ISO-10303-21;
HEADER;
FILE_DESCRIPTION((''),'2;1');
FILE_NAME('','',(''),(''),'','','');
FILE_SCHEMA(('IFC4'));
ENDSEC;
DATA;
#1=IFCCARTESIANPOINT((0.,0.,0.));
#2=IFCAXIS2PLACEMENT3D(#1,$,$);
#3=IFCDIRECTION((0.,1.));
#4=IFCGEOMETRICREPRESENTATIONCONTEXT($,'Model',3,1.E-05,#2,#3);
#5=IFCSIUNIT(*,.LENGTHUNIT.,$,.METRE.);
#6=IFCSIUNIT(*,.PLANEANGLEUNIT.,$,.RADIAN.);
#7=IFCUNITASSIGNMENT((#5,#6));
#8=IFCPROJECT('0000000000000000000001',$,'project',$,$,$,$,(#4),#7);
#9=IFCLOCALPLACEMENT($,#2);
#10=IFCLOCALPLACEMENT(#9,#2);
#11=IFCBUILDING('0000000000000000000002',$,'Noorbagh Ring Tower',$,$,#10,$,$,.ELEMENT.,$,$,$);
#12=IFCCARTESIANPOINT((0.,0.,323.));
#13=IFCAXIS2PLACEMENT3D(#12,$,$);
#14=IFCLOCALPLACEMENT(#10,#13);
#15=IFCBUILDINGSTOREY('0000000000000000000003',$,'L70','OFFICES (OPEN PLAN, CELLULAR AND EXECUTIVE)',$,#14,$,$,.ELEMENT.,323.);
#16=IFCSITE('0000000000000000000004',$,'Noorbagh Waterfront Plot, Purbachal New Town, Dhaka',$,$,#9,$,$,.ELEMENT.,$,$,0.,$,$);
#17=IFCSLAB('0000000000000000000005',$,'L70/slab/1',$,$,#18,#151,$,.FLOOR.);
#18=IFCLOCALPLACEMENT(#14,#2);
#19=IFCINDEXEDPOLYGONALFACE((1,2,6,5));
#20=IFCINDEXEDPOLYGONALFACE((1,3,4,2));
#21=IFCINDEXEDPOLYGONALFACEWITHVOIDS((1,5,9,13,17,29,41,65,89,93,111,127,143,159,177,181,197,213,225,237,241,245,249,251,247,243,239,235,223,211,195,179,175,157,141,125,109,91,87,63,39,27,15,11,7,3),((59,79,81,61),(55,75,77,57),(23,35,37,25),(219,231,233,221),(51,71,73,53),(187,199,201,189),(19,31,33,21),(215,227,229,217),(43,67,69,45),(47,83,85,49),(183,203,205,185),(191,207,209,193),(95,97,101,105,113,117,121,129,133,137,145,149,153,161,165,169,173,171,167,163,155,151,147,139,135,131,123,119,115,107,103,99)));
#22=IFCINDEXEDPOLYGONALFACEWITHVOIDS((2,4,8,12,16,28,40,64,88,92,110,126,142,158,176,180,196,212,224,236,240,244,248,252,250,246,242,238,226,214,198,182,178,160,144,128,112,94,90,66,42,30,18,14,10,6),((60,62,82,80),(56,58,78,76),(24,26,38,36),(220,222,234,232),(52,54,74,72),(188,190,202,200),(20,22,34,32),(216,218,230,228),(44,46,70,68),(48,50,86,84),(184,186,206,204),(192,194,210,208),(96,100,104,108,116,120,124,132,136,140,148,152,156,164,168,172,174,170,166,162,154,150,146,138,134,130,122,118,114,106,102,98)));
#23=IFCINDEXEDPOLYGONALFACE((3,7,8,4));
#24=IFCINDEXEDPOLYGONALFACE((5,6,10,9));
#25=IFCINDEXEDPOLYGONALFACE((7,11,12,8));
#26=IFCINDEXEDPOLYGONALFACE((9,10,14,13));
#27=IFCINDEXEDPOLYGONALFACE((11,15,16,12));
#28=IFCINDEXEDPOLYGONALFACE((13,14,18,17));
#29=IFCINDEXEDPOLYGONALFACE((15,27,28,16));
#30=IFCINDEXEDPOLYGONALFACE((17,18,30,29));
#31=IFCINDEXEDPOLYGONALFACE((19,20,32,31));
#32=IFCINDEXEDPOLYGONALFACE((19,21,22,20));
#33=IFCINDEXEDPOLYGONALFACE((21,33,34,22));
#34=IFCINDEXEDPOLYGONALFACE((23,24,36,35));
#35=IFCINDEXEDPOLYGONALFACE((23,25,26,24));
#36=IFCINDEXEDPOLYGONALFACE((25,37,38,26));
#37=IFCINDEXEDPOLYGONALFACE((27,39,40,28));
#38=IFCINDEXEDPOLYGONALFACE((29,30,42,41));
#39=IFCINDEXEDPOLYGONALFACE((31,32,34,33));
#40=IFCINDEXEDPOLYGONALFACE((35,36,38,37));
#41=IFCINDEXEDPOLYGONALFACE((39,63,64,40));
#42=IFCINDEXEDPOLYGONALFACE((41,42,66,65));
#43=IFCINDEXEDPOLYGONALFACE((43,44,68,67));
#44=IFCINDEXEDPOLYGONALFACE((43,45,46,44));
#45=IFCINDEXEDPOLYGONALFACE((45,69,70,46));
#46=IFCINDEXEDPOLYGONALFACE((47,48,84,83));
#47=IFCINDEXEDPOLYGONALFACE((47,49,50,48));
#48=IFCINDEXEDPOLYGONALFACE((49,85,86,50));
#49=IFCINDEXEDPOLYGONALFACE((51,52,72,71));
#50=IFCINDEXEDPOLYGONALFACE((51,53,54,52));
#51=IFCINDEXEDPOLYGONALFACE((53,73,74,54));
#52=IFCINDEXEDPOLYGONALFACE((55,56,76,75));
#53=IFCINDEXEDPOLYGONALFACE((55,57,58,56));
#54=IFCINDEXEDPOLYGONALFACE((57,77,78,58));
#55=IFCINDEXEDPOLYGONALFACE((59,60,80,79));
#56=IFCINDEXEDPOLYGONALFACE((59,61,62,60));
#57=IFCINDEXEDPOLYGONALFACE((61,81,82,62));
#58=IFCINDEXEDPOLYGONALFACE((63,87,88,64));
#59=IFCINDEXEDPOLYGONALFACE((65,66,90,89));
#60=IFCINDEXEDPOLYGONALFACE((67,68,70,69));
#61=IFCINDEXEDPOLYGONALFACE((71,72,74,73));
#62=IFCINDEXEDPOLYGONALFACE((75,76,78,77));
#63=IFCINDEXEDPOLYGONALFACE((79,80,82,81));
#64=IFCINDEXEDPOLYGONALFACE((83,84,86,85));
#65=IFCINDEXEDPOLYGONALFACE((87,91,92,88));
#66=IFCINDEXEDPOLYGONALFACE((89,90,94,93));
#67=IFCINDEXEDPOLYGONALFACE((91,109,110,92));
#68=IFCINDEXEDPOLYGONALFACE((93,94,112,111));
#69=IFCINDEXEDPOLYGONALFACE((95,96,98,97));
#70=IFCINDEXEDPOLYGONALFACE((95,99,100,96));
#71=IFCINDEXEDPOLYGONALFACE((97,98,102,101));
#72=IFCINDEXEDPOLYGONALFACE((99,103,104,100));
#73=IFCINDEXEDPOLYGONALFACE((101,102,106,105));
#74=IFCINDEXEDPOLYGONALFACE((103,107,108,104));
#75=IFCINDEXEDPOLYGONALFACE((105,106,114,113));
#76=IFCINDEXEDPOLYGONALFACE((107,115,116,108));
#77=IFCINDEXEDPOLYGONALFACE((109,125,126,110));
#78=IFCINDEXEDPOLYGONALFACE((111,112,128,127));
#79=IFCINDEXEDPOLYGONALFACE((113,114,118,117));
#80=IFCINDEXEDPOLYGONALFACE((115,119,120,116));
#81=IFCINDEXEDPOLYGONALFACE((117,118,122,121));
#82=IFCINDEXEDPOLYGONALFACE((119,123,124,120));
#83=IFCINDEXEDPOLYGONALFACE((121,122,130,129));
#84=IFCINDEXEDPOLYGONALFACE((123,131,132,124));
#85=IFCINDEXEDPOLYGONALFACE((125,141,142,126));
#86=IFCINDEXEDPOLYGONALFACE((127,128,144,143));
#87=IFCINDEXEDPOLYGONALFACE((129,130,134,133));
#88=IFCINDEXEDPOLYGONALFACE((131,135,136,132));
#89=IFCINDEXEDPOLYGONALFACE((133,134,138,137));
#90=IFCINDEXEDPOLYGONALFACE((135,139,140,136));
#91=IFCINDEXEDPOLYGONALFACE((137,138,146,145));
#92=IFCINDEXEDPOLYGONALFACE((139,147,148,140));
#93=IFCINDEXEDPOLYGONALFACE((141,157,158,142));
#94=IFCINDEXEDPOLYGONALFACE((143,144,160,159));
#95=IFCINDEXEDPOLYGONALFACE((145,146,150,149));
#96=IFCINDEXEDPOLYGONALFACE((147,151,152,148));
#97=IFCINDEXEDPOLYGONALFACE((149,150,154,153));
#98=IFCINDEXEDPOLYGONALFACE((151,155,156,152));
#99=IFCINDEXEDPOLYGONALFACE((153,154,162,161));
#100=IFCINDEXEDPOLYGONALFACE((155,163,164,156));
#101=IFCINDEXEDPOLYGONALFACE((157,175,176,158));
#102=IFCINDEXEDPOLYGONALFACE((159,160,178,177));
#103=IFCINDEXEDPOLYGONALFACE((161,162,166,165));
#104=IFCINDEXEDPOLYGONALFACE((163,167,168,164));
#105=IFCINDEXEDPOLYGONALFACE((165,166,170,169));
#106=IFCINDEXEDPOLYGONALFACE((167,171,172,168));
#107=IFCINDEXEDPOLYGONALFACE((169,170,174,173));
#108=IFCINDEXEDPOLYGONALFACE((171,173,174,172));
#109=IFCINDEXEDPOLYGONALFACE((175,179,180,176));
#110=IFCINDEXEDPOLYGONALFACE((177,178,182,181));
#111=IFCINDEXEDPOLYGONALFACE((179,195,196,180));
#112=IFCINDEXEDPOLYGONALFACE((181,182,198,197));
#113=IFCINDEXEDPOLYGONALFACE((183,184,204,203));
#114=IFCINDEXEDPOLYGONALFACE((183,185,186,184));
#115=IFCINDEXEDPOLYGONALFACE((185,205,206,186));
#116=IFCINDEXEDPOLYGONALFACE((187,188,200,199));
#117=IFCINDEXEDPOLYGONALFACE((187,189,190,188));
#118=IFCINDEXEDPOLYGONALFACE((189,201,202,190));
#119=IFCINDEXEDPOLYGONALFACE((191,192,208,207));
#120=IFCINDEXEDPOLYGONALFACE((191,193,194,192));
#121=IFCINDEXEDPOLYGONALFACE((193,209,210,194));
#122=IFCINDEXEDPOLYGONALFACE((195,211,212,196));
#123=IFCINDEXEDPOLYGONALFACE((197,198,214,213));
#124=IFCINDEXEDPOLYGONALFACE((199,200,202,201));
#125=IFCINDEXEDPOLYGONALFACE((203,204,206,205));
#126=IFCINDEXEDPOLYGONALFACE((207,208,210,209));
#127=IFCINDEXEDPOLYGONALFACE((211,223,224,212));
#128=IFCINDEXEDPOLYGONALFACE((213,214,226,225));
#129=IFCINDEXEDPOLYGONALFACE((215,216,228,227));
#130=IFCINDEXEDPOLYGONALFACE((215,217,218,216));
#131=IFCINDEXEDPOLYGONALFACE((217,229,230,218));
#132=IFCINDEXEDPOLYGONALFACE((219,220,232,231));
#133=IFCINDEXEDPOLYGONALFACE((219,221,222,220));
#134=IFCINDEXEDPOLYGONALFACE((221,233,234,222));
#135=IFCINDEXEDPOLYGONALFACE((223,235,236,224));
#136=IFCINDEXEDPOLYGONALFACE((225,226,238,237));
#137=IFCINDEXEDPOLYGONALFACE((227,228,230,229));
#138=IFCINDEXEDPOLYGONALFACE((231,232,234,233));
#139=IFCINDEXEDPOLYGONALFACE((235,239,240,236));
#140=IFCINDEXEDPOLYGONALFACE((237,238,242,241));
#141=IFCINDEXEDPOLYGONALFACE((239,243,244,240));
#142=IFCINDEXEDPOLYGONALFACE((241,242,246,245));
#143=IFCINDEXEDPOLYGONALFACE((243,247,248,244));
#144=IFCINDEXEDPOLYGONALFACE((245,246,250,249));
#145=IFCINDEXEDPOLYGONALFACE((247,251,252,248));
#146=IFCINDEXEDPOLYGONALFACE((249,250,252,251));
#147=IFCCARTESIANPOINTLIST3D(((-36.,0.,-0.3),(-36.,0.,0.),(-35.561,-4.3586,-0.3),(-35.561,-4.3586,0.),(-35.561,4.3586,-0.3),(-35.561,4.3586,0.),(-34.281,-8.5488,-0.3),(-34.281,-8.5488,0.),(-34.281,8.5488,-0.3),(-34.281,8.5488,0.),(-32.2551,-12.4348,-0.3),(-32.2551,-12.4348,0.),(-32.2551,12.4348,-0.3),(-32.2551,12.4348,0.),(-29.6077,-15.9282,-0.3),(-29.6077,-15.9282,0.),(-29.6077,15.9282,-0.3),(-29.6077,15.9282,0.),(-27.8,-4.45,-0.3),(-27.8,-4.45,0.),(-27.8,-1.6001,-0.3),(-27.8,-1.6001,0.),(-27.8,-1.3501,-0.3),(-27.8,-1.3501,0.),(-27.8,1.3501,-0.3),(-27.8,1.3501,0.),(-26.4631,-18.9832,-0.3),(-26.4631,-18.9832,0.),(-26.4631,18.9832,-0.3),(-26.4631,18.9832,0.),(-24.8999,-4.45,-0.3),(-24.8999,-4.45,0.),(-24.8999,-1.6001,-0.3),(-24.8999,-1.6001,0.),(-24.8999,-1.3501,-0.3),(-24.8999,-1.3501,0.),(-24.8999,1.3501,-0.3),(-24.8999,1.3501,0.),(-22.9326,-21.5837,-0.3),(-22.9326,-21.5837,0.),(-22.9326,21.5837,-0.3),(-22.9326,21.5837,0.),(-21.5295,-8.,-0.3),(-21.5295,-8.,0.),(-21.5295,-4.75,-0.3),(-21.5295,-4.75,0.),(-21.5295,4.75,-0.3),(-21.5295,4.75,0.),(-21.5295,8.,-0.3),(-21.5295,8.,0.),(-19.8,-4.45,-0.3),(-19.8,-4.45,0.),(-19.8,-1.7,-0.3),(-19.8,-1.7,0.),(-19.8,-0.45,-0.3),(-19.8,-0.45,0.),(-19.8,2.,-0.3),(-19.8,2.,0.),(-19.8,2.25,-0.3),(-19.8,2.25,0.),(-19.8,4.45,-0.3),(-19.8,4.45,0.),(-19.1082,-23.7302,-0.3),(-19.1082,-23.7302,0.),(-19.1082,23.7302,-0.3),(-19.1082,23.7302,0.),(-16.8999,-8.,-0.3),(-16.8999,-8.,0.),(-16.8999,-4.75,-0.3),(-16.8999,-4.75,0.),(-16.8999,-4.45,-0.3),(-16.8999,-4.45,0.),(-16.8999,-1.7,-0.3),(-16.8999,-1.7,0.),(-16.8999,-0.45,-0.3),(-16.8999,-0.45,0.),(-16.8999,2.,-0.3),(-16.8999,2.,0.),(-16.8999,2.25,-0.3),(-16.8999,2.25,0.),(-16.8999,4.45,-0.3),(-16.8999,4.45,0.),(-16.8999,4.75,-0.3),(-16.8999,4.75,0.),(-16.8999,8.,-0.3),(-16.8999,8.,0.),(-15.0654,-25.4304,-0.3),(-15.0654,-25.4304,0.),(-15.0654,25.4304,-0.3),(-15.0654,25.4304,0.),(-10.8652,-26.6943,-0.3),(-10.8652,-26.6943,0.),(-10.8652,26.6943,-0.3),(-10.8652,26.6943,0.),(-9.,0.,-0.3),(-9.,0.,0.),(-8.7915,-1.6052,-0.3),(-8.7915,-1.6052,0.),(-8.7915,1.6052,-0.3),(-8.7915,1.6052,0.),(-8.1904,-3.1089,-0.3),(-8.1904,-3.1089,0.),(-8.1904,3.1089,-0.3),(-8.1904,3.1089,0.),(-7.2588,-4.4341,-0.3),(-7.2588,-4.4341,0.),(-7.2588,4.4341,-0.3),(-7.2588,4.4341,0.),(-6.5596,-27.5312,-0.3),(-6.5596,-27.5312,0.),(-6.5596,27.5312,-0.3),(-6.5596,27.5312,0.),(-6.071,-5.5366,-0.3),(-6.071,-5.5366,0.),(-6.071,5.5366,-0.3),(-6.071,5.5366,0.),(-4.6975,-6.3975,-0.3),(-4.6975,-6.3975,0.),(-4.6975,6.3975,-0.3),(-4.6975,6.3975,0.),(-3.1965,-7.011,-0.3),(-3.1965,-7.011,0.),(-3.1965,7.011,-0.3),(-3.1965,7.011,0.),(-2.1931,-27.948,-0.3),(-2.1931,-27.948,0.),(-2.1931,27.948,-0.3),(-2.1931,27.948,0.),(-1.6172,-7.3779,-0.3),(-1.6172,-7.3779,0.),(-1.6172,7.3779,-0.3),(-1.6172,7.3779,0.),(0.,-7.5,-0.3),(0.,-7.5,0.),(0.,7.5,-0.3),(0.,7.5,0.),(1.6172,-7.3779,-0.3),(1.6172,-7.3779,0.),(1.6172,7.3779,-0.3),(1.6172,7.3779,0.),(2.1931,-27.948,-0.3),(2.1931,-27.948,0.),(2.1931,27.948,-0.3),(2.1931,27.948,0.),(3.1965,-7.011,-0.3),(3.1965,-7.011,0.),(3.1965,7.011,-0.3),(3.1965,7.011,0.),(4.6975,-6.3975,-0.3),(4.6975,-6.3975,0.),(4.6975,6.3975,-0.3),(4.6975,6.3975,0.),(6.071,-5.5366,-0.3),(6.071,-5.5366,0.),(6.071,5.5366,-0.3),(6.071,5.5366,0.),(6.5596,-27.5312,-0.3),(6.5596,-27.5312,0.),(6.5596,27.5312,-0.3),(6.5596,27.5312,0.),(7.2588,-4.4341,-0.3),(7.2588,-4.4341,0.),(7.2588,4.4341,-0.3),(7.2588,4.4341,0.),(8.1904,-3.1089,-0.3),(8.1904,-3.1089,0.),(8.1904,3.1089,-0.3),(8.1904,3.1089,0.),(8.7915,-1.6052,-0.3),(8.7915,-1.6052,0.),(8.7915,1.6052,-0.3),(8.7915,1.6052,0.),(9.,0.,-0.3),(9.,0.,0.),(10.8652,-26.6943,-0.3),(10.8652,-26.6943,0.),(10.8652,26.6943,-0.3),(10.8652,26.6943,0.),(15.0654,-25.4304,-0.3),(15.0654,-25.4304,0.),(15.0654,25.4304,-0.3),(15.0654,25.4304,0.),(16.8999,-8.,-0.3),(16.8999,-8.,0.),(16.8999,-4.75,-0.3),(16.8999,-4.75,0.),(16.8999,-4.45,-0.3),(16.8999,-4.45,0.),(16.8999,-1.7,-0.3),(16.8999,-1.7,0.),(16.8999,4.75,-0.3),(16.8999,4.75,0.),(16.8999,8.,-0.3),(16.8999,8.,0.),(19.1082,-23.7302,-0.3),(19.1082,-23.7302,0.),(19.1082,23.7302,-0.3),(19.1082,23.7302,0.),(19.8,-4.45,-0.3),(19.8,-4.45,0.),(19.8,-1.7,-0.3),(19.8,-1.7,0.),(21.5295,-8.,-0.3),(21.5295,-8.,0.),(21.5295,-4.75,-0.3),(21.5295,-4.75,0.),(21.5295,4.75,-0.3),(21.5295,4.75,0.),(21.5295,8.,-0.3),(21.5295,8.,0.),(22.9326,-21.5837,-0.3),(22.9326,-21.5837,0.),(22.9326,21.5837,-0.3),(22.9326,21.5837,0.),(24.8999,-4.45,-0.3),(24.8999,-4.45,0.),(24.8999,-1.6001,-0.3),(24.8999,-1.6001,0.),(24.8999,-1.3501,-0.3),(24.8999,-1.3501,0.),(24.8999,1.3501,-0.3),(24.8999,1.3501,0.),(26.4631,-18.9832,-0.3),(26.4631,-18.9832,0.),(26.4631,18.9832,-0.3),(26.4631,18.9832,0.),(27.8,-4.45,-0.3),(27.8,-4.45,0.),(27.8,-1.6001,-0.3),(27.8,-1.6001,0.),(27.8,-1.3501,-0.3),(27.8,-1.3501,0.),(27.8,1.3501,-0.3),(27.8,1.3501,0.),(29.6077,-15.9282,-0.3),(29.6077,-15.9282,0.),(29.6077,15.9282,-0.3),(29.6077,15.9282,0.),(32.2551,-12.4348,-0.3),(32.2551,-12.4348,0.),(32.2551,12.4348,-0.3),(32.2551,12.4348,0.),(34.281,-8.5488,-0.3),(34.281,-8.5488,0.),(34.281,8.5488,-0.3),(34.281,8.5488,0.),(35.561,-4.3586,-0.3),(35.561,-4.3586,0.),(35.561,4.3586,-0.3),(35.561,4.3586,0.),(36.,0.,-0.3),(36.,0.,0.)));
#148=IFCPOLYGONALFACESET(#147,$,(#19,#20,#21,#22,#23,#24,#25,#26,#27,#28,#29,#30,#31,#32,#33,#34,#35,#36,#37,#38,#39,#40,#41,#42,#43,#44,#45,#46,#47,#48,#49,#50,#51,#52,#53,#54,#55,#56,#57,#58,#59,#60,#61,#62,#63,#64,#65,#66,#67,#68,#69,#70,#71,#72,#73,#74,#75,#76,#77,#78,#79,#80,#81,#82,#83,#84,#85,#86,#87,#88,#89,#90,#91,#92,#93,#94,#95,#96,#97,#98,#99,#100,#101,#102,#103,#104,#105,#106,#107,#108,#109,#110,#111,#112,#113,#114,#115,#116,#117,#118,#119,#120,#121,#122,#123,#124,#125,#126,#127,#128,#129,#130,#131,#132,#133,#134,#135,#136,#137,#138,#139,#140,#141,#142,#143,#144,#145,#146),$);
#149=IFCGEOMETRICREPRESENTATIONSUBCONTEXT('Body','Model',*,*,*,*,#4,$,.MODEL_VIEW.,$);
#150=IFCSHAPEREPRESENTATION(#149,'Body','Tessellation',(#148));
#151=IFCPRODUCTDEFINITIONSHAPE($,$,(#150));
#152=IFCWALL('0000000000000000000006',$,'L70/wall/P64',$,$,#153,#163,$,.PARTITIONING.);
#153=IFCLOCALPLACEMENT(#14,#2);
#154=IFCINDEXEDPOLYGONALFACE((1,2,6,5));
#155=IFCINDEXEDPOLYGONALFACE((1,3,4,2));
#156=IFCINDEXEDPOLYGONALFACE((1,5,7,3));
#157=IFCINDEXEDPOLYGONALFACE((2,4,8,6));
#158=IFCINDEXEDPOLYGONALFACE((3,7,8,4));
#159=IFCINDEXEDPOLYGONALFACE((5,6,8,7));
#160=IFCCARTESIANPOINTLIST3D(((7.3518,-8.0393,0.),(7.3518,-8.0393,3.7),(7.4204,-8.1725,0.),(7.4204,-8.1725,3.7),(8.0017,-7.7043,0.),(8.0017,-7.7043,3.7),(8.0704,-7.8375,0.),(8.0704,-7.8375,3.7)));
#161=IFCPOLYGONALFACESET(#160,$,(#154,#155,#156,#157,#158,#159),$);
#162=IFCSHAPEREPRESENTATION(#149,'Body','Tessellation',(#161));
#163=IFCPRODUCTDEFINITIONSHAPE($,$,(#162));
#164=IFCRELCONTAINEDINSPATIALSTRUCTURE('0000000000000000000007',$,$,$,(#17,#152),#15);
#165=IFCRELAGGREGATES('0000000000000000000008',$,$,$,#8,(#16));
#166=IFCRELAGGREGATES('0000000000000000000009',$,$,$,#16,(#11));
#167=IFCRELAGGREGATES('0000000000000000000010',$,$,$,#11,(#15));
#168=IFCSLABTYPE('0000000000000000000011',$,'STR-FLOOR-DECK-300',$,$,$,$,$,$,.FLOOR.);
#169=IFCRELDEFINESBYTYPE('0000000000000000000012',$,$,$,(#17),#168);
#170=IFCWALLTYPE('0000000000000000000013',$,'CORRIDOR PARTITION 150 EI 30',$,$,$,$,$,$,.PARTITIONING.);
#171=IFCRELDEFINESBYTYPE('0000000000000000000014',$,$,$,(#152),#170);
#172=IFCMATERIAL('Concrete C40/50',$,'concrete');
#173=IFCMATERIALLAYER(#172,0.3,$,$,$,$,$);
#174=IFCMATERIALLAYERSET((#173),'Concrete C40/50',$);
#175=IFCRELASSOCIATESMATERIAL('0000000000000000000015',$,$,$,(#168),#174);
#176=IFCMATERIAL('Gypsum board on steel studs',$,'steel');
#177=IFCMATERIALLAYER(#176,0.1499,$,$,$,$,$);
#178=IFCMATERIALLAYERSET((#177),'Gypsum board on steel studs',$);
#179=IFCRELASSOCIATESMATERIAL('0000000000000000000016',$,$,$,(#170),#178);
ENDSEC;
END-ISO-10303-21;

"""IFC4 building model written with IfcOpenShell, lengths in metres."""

from ifc_helpers import new_model, si_unit, direction, frame, frame_2d, origin, place, context, subcontext, project, spatial, polyline, rectangle, outline, extrude, material, layer, layer_set, type_object, element, save


model = new_model("IFC4")

# Units and contexts
model_context = context("Model", 3, precision=1e-05, world=origin(), true_north=direction((0.0, 1.0)))
body_context = subcontext(model_context, "Body", "Model", "MODEL_VIEW")
ifc_project = project(units=[si_unit("LENGTHUNIT", "METRE"), si_unit("PLANEANGLEUNIT", "RADIAN")], contexts=[model_context])

# Site, building, storey
site_placement = place(None, origin())
site = spatial("IfcSite", under=ifc_project, at=site_placement, Name="Noorbagh Waterfront Plot, Purbachal New Town, Dhaka", CompositionType="ELEMENT", RefElevation=0.0)
building_placement = place(site_placement, origin())
building = spatial("IfcBuilding", under=site, at=building_placement, Name="Noorbagh Ring Tower", CompositionType="ELEMENT")
storey_placement = place(building_placement, frame((0.0, 0.0, 323.0)))
storey = spatial("IfcBuildingStorey", under=building, at=storey_placement, Name="L70", Description="OFFICES (OPEN PLAN, CELLULAR AND EXECUTIVE)", CompositionType="ELEMENT", Elevation=323.0)

# Slab
ifc_material_1 = material(Name="Concrete C40/50", Category="concrete")
ifc_layer_1 = layer(ifc_material_1, 0.3)
ifc_layer_set_1 = layer_set([ifc_layer_1], Name="Concrete C40/50")
slab_type_1 = type_object("IfcSlabType", Name="STR-FLOOR-DECK-300", PredefinedType="FLOOR", material=ifc_layer_set_1)
slab_1_placement = place(storey_placement, frame((0.0, 0.0, -0.3)))
element("IfcSlab", 1, at=slab_1_placement, inside=storey, type_object=slab_type_1, Name="L70/slab/1", PredefinedType="FLOOR", context=body_context, shape_type="SweptSolid", body=[
    extrude(outline(polyline([(36.0, 0.0), (35.561, 4.3586), (34.281, 8.5488), (32.2551, 12.4348), (29.6077, 15.9282), (26.4631, 18.9832), (22.9326, 21.5837), (19.1082, 23.7302), (15.0654, 25.4304), (10.8652, 26.6943), (6.5596, 27.5312), (2.1931, 27.948), (-2.1931, 27.948), (-6.5596, 27.5312), (-10.8652, 26.6943), (-15.0654, 25.4304), (-19.1082, 23.7302), (-22.9326, 21.5837), (-26.4631, 18.9832), (-29.6077, 15.9282), (-32.2551, 12.4348), (-34.281, 8.5488), (-35.561, 4.3586), (-36.0, 0.0), (-35.561, -4.3586), (-34.281, -8.5488), (-32.2551, -12.4348), (-29.6077, -15.9282), (-26.4631, -18.9832), (-22.9326, -21.5837), (-19.1082, -23.7302), (-15.0654, -25.4304), (-10.8652, -26.6943), (-6.5596, -27.5312), (-2.1931, -27.948), (2.1931, -27.948), (6.5596, -27.5312), (10.8652, -26.6943), (15.0654, -25.4304), (19.1082, -23.7302), (22.9326, -21.5837), (26.4631, -18.9832), (29.6077, -15.9282), (32.2551, -12.4348), (34.281, -8.5488), (35.561, -4.3586), (36.0, 0.0)]), holes=[polyline([(24.8999, -1.6001), (27.8, -1.6001), (27.8, -4.45), (24.8999, -4.45), (24.8999, -1.6001)]), polyline([(24.8999, 1.3501), (27.8, 1.3501), (27.8, -1.3501), (24.8999, -1.3501), (24.8999, 1.3501)]), polyline([(21.5295, -8.0), (16.8999, -8.0), (16.8999, -4.75), (21.5295, -4.75), (21.5295, -8.0)]), polyline([(21.5295, 4.75), (16.8999, 4.75), (16.8999, 8.0), (21.5295, 8.0), (21.5295, 4.75)]), polyline([(16.8999, -1.7), (19.8, -1.7), (19.8, -4.45), (16.8999, -4.45), (16.8999, -1.7)]), polyline([(4.6975, -6.3975), (3.1965, -7.011), (1.6172, -7.3779), (0.0, -7.5), (-1.6172, -7.3779), (-3.1965, -7.011), (-4.6975, -6.3975), (-6.071, -5.5366), (-7.2588, -4.4341), (-8.1904, -3.1089), (-8.7915, -1.6052), (-9.0, 0.0), (-8.7915, 1.6052), (-8.1904, 3.1089), (-7.2588, 4.4341), (-6.071, 5.5366), (-4.6975, 6.3975), (-3.1965, 7.011), (-1.6172, 7.3779), (0.0, 7.5), (1.6172, 7.3779), (3.1965, 7.011), (4.6975, 6.3975), (6.071, 5.5366), (7.2588, 4.4341), (8.1904, 3.1089), (8.7915, 1.6052), (9.0, 0.0), (8.7915, -1.6052), (8.1904, -3.1089), (7.2588, -4.4341), (6.071, -5.5366), (4.6975, -6.3975)]), polyline([(-21.5295, -8.0), (-21.5295, -4.75), (-16.8999, -4.75), (-16.8999, -8.0), (-21.5295, -8.0)]), polyline([(-21.5295, 4.75), (-21.5295, 8.0), (-16.8999, 8.0), (-16.8999, 4.75), (-21.5295, 4.75)]), polyline([(-16.8999, -4.45), (-19.8, -4.45), (-19.8, -1.7), (-16.8999, -1.7), (-16.8999, -4.45)]), polyline([(-16.8999, -0.45), (-19.8, -0.45), (-19.8, 2.0), (-16.8999, 2.0), (-16.8999, -0.45)]), polyline([(-16.8999, 2.25), (-19.8, 2.25), (-19.8, 4.45), (-16.8999, 4.45), (-16.8999, 2.25)]), polyline([(-24.8999, -4.45), (-27.8, -4.45), (-27.8, -1.6001), (-24.8999, -1.6001), (-24.8999, -4.45)]), polyline([(-24.8999, 1.3501), (-24.8999, -1.3501), (-27.8, -1.3501), (-27.8, 1.3501), (-24.8999, 1.3501)])]), origin(), (0.0, 0.0, 1.0), 0.3),
])

# Wall
ifc_material_2 = material(Name="Gypsum board on steel studs", Category="steel")
ifc_layer_2 = layer(ifc_material_2, 0.1499)
ifc_layer_set_2 = layer_set([ifc_layer_2], Name="Gypsum board on steel studs")
wall_type_1 = type_object("IfcWallType", Name="CORRIDOR PARTITION 150 EI 30", PredefinedType="PARTITIONING", material=ifc_layer_set_2)
wall_1_placement = place(storey_placement, frame((7.386, -8.106, 0.0), z_axis=(0.0, 0.0, 1.0), x_axis=(0.888884, 0.458133, 0.0)))
element("IfcWall", 2, at=wall_1_placement, inside=storey, type_object=wall_type_1, Name="L70/wall/P64", PredefinedType="PARTITIONING", context=body_context, shape_type="SweptSolid", body=[
    extrude(rectangle(XDim=0.7312, YDim=0.1499, at=frame_2d((0.3657, 0.0))), origin(), (0.0, 0.0, 1.0), 3.7),
])

save(model, "model.ifc")
